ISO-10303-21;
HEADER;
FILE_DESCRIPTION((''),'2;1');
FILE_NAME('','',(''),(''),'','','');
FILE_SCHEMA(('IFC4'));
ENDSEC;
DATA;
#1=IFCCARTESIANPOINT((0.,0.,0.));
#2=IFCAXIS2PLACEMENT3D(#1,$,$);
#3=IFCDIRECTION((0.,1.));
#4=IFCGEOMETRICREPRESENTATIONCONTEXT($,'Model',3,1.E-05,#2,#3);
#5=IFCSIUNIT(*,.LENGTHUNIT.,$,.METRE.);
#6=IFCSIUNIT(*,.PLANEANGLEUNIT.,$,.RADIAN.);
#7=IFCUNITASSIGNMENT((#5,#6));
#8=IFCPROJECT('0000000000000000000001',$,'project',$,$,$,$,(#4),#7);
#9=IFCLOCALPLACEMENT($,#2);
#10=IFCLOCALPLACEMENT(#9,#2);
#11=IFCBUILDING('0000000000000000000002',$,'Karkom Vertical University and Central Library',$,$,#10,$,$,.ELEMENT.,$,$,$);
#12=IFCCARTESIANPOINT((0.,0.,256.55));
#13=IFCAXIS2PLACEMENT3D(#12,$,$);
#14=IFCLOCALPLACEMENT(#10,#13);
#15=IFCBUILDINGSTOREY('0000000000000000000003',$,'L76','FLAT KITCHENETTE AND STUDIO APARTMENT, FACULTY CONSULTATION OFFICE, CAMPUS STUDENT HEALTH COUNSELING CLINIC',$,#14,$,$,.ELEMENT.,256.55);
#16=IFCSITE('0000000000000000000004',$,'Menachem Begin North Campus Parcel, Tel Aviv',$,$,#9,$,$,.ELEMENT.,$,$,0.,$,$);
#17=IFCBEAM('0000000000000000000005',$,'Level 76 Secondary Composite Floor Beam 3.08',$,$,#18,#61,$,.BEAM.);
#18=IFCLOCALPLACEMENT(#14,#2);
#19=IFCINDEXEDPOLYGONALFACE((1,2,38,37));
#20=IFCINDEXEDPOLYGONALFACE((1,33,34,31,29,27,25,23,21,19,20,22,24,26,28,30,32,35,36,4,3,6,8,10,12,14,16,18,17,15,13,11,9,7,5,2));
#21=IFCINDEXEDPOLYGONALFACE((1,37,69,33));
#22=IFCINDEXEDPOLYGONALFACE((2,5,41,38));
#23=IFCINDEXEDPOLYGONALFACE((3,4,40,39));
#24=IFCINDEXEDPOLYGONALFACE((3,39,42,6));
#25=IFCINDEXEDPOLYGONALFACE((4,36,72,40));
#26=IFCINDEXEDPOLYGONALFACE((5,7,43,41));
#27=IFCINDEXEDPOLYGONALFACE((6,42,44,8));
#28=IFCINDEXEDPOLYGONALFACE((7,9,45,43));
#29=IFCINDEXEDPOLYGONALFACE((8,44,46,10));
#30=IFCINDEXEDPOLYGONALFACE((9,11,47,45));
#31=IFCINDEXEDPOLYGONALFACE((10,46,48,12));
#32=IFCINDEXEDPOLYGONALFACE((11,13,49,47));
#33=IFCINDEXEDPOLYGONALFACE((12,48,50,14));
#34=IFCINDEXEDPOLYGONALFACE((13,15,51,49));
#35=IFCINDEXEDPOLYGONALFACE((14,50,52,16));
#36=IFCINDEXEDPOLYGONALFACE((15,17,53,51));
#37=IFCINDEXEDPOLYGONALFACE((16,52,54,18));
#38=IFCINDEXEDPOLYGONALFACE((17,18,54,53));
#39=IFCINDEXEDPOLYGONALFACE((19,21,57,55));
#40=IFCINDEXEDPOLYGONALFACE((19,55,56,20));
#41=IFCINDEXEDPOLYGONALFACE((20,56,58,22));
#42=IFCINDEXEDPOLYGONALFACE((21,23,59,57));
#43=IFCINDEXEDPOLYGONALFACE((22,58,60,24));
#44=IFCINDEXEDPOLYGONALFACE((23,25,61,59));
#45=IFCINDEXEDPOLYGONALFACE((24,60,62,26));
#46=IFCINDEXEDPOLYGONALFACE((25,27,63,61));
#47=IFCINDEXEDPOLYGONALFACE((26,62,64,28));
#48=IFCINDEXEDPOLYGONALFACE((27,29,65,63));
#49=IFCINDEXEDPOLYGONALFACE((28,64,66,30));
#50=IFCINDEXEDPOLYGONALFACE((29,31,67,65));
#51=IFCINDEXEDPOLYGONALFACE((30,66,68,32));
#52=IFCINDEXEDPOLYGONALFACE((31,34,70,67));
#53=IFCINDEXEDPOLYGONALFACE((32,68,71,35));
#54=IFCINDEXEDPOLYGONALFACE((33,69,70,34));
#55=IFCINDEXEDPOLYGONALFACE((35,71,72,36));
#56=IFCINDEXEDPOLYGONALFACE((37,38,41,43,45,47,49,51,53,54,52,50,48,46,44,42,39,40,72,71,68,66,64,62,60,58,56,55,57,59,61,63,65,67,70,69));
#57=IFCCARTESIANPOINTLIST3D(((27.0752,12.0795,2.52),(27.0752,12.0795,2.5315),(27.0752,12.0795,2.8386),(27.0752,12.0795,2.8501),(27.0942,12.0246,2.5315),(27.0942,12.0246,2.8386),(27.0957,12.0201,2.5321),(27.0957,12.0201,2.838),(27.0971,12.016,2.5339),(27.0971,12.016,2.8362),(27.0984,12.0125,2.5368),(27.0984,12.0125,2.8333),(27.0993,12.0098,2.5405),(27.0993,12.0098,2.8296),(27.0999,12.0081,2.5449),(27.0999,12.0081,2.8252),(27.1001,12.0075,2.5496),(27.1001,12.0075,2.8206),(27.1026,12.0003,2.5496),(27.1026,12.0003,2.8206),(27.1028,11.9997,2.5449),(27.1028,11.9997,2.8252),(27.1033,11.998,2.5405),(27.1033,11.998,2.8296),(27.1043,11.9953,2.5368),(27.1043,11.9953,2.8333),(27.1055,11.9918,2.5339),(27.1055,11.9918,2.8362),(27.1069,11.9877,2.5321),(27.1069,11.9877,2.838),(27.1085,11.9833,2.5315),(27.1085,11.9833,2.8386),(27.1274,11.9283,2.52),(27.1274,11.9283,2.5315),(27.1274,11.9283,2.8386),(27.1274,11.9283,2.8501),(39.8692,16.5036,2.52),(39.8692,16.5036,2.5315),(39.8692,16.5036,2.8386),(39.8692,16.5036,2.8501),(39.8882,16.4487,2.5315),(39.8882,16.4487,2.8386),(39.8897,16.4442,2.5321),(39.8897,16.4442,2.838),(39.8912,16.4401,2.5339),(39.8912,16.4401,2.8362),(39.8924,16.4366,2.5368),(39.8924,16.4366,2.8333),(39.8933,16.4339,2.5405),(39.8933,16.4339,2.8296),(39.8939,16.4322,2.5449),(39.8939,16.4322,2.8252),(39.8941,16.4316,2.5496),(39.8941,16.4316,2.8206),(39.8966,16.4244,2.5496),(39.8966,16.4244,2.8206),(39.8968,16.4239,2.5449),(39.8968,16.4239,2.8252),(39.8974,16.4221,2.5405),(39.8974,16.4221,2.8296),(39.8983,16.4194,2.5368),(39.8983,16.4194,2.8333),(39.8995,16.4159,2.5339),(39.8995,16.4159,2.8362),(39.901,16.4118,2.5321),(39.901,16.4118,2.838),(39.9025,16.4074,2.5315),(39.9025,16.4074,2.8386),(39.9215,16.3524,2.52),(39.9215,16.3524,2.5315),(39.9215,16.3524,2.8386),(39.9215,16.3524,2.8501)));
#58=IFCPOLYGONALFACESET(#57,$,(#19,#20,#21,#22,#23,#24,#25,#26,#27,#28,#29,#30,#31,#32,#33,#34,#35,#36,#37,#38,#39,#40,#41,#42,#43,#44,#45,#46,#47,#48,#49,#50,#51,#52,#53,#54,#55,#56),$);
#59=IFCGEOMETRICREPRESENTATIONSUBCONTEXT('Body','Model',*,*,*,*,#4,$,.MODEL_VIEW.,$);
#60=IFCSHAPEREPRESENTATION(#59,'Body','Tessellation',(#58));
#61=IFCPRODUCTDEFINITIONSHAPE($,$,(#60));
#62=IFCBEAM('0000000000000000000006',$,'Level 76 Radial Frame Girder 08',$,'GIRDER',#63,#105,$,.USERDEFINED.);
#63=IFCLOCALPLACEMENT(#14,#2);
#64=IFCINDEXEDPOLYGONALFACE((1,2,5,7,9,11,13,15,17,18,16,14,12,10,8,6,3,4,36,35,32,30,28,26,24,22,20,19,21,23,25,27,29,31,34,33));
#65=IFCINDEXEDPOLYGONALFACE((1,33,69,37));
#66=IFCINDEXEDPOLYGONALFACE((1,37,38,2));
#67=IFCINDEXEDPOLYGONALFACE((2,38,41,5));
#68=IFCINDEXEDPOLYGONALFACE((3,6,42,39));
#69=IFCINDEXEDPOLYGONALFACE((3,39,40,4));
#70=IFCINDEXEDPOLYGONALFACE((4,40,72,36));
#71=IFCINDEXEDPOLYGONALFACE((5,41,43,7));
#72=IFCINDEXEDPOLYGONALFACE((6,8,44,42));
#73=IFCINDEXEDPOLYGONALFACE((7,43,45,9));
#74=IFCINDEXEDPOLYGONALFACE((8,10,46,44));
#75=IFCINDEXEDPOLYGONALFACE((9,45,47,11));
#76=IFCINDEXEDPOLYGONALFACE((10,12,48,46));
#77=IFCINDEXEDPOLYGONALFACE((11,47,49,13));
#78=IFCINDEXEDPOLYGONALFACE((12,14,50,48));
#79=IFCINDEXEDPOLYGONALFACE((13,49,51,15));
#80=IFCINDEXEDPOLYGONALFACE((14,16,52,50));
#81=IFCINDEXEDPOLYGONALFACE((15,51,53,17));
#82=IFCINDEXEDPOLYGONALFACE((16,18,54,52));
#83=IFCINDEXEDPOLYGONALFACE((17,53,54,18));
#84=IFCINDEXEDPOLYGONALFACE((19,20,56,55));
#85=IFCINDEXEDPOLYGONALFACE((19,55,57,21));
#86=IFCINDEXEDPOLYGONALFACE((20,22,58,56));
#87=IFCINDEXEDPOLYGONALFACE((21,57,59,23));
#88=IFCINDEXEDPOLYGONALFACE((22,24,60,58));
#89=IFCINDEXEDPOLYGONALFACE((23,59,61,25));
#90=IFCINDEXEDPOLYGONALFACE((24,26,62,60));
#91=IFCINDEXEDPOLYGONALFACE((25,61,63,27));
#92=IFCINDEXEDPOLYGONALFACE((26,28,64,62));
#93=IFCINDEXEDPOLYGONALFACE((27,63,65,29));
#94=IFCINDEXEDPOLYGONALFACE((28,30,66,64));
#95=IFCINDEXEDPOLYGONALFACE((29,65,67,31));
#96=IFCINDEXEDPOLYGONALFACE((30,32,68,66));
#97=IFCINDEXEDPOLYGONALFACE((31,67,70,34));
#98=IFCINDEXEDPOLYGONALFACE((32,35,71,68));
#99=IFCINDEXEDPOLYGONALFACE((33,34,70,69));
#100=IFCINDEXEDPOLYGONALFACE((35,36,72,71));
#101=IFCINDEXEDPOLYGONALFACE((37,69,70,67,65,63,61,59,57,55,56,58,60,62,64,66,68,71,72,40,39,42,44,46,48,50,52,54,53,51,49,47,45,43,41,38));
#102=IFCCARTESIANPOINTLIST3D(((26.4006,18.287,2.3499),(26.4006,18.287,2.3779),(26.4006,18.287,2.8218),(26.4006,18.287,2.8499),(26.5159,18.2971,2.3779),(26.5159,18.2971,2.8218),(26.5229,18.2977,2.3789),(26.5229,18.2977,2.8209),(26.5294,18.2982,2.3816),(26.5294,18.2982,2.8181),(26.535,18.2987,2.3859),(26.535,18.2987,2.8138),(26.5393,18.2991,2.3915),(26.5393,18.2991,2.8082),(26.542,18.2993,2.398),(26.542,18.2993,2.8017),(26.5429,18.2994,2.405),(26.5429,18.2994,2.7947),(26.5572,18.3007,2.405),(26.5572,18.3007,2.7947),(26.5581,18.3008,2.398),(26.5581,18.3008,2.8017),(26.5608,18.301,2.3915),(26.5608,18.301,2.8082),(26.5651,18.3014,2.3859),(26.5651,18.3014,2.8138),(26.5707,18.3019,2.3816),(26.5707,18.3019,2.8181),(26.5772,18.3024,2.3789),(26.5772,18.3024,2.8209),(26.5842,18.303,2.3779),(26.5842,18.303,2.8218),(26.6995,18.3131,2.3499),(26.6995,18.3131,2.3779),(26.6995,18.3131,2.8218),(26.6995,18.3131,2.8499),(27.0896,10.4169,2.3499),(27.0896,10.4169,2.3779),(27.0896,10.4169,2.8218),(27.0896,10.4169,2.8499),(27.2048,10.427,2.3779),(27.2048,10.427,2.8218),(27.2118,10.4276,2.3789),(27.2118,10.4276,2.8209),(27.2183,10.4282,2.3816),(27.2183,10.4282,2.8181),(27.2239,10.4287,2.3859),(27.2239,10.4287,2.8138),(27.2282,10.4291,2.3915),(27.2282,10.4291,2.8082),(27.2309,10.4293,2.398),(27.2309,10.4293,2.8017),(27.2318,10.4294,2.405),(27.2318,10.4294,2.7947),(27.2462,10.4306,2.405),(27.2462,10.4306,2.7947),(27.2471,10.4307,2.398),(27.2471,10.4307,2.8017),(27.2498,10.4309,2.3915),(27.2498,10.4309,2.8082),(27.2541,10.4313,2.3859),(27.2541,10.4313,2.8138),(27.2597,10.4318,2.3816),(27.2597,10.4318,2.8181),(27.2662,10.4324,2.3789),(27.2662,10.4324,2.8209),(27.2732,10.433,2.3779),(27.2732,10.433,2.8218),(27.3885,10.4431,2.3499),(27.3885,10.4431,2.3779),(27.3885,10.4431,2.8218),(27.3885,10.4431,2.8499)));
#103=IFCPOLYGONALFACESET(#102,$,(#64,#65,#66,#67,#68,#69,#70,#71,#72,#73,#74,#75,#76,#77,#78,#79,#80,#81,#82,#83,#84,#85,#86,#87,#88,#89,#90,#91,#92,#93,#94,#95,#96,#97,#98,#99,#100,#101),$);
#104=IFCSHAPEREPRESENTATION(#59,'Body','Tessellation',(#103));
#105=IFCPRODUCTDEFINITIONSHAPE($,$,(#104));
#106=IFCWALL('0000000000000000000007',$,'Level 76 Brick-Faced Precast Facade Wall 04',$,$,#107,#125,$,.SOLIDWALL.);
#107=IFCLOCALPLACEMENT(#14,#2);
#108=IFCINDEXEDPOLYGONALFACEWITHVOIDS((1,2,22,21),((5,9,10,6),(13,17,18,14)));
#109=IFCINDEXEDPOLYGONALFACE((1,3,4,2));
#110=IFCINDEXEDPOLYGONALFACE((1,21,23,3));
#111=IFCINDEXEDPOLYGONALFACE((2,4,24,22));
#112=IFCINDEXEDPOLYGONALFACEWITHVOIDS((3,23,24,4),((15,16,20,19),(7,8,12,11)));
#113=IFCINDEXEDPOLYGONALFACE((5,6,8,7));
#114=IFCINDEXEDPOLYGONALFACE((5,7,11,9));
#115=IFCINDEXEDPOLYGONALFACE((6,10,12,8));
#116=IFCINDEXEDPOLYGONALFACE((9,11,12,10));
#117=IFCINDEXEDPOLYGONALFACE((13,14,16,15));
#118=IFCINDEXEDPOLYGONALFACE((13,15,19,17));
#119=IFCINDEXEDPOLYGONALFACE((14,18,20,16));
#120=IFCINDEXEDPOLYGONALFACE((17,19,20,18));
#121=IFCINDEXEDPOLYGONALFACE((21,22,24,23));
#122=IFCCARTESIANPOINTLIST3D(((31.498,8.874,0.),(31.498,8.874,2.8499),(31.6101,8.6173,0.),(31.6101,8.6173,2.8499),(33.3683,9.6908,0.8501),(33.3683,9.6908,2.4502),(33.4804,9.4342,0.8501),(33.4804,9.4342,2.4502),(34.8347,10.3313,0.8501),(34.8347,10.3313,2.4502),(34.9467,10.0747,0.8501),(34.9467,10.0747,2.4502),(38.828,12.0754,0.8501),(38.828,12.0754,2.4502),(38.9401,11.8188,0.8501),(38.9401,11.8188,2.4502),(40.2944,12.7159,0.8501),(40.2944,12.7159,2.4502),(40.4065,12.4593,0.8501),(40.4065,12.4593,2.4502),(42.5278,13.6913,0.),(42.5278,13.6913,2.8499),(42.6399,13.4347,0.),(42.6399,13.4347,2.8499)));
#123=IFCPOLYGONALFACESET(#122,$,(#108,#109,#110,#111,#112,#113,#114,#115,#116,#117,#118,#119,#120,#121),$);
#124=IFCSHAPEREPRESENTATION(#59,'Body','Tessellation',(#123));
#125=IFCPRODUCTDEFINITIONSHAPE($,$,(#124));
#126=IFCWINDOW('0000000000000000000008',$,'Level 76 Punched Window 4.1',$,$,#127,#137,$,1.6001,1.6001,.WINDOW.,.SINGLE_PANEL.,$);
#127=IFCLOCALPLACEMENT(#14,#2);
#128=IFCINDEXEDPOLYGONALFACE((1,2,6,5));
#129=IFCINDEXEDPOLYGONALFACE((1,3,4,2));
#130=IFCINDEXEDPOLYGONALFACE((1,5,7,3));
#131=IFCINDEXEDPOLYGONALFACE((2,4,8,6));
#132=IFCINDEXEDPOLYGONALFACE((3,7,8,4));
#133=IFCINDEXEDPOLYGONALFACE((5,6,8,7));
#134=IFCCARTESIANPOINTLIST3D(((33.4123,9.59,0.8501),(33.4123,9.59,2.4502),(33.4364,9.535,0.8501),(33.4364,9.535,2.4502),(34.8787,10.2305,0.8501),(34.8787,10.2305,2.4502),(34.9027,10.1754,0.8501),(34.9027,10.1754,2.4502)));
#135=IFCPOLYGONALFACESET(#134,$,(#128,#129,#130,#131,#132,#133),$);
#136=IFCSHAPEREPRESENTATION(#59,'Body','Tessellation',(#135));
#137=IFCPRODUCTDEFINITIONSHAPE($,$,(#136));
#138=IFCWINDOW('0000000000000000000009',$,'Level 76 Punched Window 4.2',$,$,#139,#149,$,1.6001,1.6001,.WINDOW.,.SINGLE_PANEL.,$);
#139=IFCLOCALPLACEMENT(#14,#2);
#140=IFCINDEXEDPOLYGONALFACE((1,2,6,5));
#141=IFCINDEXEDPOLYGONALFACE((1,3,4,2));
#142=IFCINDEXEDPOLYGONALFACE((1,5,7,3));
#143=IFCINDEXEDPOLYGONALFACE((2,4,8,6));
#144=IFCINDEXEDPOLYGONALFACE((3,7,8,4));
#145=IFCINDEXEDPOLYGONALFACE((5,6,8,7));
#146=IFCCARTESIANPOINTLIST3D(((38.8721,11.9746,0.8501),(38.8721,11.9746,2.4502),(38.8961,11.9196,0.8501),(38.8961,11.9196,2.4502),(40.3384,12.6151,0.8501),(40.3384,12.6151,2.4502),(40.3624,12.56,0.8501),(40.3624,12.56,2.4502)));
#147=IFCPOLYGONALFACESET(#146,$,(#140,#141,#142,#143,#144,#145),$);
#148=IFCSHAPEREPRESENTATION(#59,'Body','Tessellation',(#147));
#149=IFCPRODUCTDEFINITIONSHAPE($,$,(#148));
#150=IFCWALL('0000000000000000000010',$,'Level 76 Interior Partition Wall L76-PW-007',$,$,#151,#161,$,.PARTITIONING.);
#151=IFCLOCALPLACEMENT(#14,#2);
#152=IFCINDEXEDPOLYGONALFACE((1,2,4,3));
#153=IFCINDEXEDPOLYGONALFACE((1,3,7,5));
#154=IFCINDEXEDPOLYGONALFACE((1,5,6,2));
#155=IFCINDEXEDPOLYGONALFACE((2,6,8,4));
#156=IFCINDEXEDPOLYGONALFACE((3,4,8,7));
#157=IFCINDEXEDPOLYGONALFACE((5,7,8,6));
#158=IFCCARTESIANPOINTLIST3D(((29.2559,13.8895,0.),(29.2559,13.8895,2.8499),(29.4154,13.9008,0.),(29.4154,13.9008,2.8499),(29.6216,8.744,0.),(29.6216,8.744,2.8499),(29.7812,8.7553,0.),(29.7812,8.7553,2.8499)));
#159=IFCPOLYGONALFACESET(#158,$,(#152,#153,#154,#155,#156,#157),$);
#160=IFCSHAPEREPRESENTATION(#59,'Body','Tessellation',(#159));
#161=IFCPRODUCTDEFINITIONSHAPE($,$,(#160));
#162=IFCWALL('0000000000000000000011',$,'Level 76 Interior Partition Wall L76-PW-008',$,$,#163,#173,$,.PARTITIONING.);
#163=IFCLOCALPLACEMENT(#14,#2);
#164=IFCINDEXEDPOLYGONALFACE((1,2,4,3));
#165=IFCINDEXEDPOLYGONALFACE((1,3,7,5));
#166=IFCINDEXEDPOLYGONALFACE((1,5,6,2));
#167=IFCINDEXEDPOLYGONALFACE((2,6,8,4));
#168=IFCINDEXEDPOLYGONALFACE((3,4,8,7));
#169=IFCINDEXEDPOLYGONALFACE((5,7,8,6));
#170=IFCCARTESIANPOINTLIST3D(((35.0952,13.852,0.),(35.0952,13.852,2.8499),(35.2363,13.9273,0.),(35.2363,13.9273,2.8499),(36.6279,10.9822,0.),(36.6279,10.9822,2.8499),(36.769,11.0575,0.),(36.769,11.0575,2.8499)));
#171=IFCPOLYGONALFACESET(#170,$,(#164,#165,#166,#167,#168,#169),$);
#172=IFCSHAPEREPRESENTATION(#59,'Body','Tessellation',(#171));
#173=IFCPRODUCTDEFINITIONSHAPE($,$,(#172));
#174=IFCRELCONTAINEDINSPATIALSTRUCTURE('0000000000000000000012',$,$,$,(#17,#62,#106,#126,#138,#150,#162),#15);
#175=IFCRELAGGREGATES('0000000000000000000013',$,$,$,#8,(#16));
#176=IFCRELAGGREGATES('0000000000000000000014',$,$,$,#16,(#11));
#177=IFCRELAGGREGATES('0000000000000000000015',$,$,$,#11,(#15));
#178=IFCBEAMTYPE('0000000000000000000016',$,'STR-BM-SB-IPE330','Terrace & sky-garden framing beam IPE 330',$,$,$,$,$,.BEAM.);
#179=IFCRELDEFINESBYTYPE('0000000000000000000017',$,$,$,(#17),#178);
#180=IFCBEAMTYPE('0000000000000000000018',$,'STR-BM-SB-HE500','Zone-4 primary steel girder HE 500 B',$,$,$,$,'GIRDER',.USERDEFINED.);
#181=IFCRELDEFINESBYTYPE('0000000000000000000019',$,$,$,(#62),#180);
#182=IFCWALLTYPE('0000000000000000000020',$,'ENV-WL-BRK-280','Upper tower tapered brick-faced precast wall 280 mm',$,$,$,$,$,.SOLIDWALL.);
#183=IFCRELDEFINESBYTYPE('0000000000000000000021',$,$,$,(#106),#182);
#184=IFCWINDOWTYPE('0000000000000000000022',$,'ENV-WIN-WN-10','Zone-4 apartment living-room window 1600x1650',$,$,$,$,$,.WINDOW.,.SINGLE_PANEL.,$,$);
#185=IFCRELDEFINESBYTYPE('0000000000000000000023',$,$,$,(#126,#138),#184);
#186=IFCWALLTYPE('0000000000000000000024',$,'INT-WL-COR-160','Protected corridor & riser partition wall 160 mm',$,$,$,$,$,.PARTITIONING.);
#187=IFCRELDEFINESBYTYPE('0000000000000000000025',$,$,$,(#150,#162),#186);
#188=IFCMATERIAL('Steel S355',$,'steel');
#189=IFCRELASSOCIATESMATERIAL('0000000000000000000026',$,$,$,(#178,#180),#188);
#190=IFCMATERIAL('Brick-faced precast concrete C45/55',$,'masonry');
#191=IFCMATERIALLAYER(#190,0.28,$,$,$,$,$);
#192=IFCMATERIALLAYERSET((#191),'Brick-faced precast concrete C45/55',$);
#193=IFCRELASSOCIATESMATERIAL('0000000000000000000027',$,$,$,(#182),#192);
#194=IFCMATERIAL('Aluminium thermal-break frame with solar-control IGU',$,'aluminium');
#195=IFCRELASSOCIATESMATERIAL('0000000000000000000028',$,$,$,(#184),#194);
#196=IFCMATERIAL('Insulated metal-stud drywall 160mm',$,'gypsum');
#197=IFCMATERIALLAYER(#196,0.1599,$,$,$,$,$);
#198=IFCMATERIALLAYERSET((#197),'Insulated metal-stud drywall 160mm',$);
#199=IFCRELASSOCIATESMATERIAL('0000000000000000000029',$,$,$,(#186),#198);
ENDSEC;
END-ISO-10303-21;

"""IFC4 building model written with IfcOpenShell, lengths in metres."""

from ifc_helpers import new_model, si_unit, direction, frame, frame_2d, origin, origin_with_axes, origin_2d, place, context, subcontext, project, spatial, rectangle, i_section, extrude, source, transform, mapped, material, layer, layer_set, material_profile, profile_set, type_object, element, fill, save


model = new_model("IFC4")

# Units and contexts
model_context = context("Model", 3, precision=1e-05, world=origin(), true_north=direction((0.0, 1.0)))
body_context = subcontext(model_context, "Body", "Model", "MODEL_VIEW")
ifc_project = project(units=[si_unit("LENGTHUNIT", "METRE"), si_unit("PLANEANGLEUNIT", "RADIAN")], contexts=[model_context])

# Site, building, storey
site_placement = place(None, origin())
site = spatial("IfcSite", under=ifc_project, at=site_placement, Name="Menachem Begin North Campus Parcel, Tel Aviv", CompositionType="ELEMENT", RefElevation=0.0)
building_placement = place(site_placement, origin())
building = spatial("IfcBuilding", under=site, at=building_placement, Name="Karkom Vertical University and Central Library", CompositionType="ELEMENT")
storey_placement = place(building_placement, frame((0.0, 0.0, 256.55)))
storey = spatial("IfcBuildingStorey", under=building, at=storey_placement, Name="L76", Description="FLAT KITCHENETTE AND STUDIO APARTMENT, FACULTY CONSULTATION OFFICE, CAMPUS STUDENT HEALTH COUNSELING CLINIC", CompositionType="ELEMENT", Elevation=256.55)

# Beams
ifc_material_1 = material(Name="Steel S355", Category="steel")
ifc_material_profile_1 = material_profile(ifc_material_1, i_section(OverallWidth=0.1599, OverallDepth=0.3301, WebThickness=0.0076, FlangeThickness=0.0115, FilletRadius=0.0181, at=origin_2d()), Name="IPE 330")
ifc_profile_set_1 = profile_set([ifc_material_profile_1], Name="Steel S355")
beam_type_1 = type_object("IfcBeamType", Name="STR-BM-SB-IPE330", Description="Terrace & sky-garden framing beam IPE 330", PredefinedType="BEAM", material=ifc_profile_set_1)
shared_shape_1 = source(origin_with_axes(), body_context, "Body", "SweptSolid", [
    extrude(i_section(OverallWidth=0.1599, OverallDepth=0.3301, WebThickness=0.0076, FlangeThickness=0.0115, FilletRadius=0.0181, at=origin_2d()), origin(), (0.0, 0.0, 1.0), 13.5374),
])
beam_1_placement = place(storey_placement, frame((27.1013, 12.0039, 2.6851), z_axis=(0.945091, 0.326807, 0.0), x_axis=(-0.326807, 0.945091, 0.0)))
element("IfcBeam", 1, at=beam_1_placement, inside=storey, type_object=beam_type_1, Name="Level 76 Secondary Composite Floor Beam 3.08", PredefinedType="BEAM", context=body_context, shape_type="MappedRepresentation", body=[
    mapped(shared_shape_1, transform((0.0, 0.0, 0.0), scale=1.0)),
])
ifc_material_profile_2 = material_profile(ifc_material_1, i_section(OverallWidth=0.3, OverallDepth=0.5, WebThickness=0.0144, FlangeThickness=0.0281, FilletRadius=0.0271, at=origin_2d()), Name="HE 500 B")
ifc_profile_set_2 = profile_set([ifc_material_profile_2], Name="Steel S355")
beam_type_2 = type_object("IfcBeamType", Name="STR-BM-SB-HE500", Description="Zone-4 primary steel girder HE 500 B", ElementType="GIRDER", PredefinedType="USERDEFINED", material=ifc_profile_set_2)
shared_shape_2 = source(origin_with_axes(), body_context, "Body", "SweptSolid", [
    extrude(i_section(OverallWidth=0.3, OverallDepth=0.5, WebThickness=0.0144, FlangeThickness=0.0281, FilletRadius=0.0271, at=origin_2d()), origin(), (0.0, 0.0, 1.0), 7.9001),
])
beam_2_placement = place(storey_placement, frame((26.55, 18.3, 2.5999), z_axis=(0.087208, -0.99619, 0.0), x_axis=(0.99619, 0.087208, 0.0)))
element("IfcBeam", 2, at=beam_2_placement, inside=storey, type_object=beam_type_2, Name="Level 76 Radial Frame Girder 08", ObjectType="GIRDER", PredefinedType="USERDEFINED", context=body_context, shape_type="MappedRepresentation", body=[
    mapped(shared_shape_2, transform((0.0, 0.0, 0.0), scale=1.0)),
])

# Wall, openings, windows
ifc_material_2 = material(Name="Brick-faced precast concrete C45/55", Category="masonry")
ifc_layer_1 = layer(ifc_material_2, 0.28)
ifc_layer_set_1 = layer_set([ifc_layer_1], Name="Brick-faced precast concrete C45/55")
wall_type_1 = type_object("IfcWallType", Name="ENV-WL-BRK-280", Description="Upper tower tapered brick-faced precast wall 280 mm", PredefinedType="SOLIDWALL", material=ifc_layer_set_1)
wall_1_placement = place(storey_placement, frame((31.554, 8.7456, 0.0), z_axis=(0.0, 0.0, 1.0), x_axis=(0.916406, 0.400251, 0.0)))
wall_1 = element("IfcWall", 3, at=wall_1_placement, inside=storey, type_object=wall_type_1, Name="Level 76 Brick-Faced Precast Facade Wall 04", PredefinedType="SOLIDWALL", context=body_context, shape_type="SweptSolid", body=[
    extrude(rectangle(XDim=12.0359, YDim=0.28, at=frame_2d((6.0181, 0.0))), origin(), (0.0, 0.0, 1.0), 2.8499),
])
opening_1_placement = place(wall_1_placement, frame((2.041, 0.0, 0.8501)))
opening_1 = element("IfcOpeningElement", 4, at=opening_1_placement, cuts=wall_1, PredefinedType="OPENING", context=body_context, shape_type="SweptSolid", body=[
    extrude(rectangle(XDim=1.6001, YDim=1.6001, at=frame_2d((0.8, 0.8))), frame((0.0, 0.1499, 0.0), z_axis=(0.0, -1.0, 0.0), x_axis=(1.0, 0.0, 0.0)), (0.0, 0.0, 1.0), 0.3),
])
opening_2_placement = place(wall_1_placement, frame((7.9988, 0.0, 0.8501)))
opening_2 = element("IfcOpeningElement", 5, at=opening_2_placement, cuts=wall_1, PredefinedType="OPENING", context=body_context, shape_type="SweptSolid", body=[
    extrude(rectangle(XDim=1.6001, YDim=1.6001, at=frame_2d((0.8, 0.8))), frame((0.0, 0.1499, 0.0), z_axis=(0.0, -1.0, 0.0), x_axis=(1.0, 0.0, 0.0)), (0.0, 0.0, 1.0), 0.3),
])
ifc_material_3 = material(Name="Aluminium thermal-break frame with solar-control IGU", Category="aluminium")
window_type = type_object("IfcWindowType", Name="ENV-WIN-WN-10", Description="Zone-4 apartment living-room window 1600x1650", PartitioningType="SINGLE_PANEL", PredefinedType="WINDOW", material=ifc_material_3)
shared_shape_3 = source(origin_with_axes(), body_context, "Body", "SweptSolid", [
    extrude(rectangle(XDim=1.6001, YDim=1.6001, at=frame_2d((0.8, 0.8))), frame((0.0, 0.03, 0.0), z_axis=(0.0, -1.0, 0.0), x_axis=(1.0, 0.0, 0.0)), (0.0, 0.0, 1.0), 0.0601),
])
window_1_placement = place(opening_1_placement, origin())
window_1 = element("IfcWindow", 6, at=window_1_placement, inside=storey, type_object=window_type, Name="Level 76 Punched Window 4.1", OverallHeight=1.6001, OverallWidth=1.6001, PartitioningType="SINGLE_PANEL", PredefinedType="WINDOW", context=body_context, shape_type="MappedRepresentation", body=[
    mapped(shared_shape_3, transform((0.0, 0.0, 0.0), scale=1.0)),
])
fill(opening_1, window_1)
window_2_placement = place(opening_2_placement, origin())
window_2 = element("IfcWindow", 7, at=window_2_placement, inside=storey, type_object=window_type, Name="Level 76 Punched Window 4.2", OverallHeight=1.6001, OverallWidth=1.6001, PartitioningType="SINGLE_PANEL", PredefinedType="WINDOW", context=body_context, shape_type="MappedRepresentation", body=[
    mapped(shared_shape_3, transform((0.0, 0.0, 0.0), scale=1.0)),
])
fill(opening_2, window_2)

# Walls
ifc_material_4 = material(Name="Insulated metal-stud drywall 160mm", Category="gypsum")
ifc_layer_2 = layer(ifc_material_4, 0.1599)
ifc_layer_set_2 = layer_set([ifc_layer_2], Name="Insulated metal-stud drywall 160mm")
wall_type_2 = type_object("IfcWallType", Name="INT-WL-COR-160", Description="Protected corridor & riser partition wall 160 mm", PredefinedType="PARTITIONING", material=ifc_layer_set_2)
wall_2_placement = place(storey_placement, frame((29.3357, 13.895, 0.0), z_axis=(0.0, 0.0, 1.0), x_axis=(0.070897, -0.997484, 0.0)))
element("IfcWall", 8, at=wall_2_placement, inside=storey, type_object=wall_type_2, Name="Level 76 Interior Partition Wall L76-PW-007", PredefinedType="PARTITIONING", context=body_context, shape_type="SweptSolid", body=[
    extrude(rectangle(XDim=5.1584, YDim=0.1599, at=frame_2d((2.5791, 0.0))), origin(), (0.0, 0.0, 1.0), 2.8499),
])
wall_3_placement = place(storey_placement, frame((35.1658, 13.8896, 0.0), z_axis=(0.0, 0.0, 1.0), x_axis=(0.471094, -0.882083, 0.0)))
element("IfcWall", 9, at=wall_3_placement, inside=storey, type_object=wall_type_2, Name="Level 76 Interior Partition Wall L76-PW-008", PredefinedType="PARTITIONING", context=body_context, shape_type="SweptSolid", body=[
    extrude(rectangle(XDim=3.2534, YDim=0.1599, at=frame_2d((1.6267, 0.0))), origin(), (0.0, 0.0, 1.0), 2.8499),
])

save(model, "model.ifc")
